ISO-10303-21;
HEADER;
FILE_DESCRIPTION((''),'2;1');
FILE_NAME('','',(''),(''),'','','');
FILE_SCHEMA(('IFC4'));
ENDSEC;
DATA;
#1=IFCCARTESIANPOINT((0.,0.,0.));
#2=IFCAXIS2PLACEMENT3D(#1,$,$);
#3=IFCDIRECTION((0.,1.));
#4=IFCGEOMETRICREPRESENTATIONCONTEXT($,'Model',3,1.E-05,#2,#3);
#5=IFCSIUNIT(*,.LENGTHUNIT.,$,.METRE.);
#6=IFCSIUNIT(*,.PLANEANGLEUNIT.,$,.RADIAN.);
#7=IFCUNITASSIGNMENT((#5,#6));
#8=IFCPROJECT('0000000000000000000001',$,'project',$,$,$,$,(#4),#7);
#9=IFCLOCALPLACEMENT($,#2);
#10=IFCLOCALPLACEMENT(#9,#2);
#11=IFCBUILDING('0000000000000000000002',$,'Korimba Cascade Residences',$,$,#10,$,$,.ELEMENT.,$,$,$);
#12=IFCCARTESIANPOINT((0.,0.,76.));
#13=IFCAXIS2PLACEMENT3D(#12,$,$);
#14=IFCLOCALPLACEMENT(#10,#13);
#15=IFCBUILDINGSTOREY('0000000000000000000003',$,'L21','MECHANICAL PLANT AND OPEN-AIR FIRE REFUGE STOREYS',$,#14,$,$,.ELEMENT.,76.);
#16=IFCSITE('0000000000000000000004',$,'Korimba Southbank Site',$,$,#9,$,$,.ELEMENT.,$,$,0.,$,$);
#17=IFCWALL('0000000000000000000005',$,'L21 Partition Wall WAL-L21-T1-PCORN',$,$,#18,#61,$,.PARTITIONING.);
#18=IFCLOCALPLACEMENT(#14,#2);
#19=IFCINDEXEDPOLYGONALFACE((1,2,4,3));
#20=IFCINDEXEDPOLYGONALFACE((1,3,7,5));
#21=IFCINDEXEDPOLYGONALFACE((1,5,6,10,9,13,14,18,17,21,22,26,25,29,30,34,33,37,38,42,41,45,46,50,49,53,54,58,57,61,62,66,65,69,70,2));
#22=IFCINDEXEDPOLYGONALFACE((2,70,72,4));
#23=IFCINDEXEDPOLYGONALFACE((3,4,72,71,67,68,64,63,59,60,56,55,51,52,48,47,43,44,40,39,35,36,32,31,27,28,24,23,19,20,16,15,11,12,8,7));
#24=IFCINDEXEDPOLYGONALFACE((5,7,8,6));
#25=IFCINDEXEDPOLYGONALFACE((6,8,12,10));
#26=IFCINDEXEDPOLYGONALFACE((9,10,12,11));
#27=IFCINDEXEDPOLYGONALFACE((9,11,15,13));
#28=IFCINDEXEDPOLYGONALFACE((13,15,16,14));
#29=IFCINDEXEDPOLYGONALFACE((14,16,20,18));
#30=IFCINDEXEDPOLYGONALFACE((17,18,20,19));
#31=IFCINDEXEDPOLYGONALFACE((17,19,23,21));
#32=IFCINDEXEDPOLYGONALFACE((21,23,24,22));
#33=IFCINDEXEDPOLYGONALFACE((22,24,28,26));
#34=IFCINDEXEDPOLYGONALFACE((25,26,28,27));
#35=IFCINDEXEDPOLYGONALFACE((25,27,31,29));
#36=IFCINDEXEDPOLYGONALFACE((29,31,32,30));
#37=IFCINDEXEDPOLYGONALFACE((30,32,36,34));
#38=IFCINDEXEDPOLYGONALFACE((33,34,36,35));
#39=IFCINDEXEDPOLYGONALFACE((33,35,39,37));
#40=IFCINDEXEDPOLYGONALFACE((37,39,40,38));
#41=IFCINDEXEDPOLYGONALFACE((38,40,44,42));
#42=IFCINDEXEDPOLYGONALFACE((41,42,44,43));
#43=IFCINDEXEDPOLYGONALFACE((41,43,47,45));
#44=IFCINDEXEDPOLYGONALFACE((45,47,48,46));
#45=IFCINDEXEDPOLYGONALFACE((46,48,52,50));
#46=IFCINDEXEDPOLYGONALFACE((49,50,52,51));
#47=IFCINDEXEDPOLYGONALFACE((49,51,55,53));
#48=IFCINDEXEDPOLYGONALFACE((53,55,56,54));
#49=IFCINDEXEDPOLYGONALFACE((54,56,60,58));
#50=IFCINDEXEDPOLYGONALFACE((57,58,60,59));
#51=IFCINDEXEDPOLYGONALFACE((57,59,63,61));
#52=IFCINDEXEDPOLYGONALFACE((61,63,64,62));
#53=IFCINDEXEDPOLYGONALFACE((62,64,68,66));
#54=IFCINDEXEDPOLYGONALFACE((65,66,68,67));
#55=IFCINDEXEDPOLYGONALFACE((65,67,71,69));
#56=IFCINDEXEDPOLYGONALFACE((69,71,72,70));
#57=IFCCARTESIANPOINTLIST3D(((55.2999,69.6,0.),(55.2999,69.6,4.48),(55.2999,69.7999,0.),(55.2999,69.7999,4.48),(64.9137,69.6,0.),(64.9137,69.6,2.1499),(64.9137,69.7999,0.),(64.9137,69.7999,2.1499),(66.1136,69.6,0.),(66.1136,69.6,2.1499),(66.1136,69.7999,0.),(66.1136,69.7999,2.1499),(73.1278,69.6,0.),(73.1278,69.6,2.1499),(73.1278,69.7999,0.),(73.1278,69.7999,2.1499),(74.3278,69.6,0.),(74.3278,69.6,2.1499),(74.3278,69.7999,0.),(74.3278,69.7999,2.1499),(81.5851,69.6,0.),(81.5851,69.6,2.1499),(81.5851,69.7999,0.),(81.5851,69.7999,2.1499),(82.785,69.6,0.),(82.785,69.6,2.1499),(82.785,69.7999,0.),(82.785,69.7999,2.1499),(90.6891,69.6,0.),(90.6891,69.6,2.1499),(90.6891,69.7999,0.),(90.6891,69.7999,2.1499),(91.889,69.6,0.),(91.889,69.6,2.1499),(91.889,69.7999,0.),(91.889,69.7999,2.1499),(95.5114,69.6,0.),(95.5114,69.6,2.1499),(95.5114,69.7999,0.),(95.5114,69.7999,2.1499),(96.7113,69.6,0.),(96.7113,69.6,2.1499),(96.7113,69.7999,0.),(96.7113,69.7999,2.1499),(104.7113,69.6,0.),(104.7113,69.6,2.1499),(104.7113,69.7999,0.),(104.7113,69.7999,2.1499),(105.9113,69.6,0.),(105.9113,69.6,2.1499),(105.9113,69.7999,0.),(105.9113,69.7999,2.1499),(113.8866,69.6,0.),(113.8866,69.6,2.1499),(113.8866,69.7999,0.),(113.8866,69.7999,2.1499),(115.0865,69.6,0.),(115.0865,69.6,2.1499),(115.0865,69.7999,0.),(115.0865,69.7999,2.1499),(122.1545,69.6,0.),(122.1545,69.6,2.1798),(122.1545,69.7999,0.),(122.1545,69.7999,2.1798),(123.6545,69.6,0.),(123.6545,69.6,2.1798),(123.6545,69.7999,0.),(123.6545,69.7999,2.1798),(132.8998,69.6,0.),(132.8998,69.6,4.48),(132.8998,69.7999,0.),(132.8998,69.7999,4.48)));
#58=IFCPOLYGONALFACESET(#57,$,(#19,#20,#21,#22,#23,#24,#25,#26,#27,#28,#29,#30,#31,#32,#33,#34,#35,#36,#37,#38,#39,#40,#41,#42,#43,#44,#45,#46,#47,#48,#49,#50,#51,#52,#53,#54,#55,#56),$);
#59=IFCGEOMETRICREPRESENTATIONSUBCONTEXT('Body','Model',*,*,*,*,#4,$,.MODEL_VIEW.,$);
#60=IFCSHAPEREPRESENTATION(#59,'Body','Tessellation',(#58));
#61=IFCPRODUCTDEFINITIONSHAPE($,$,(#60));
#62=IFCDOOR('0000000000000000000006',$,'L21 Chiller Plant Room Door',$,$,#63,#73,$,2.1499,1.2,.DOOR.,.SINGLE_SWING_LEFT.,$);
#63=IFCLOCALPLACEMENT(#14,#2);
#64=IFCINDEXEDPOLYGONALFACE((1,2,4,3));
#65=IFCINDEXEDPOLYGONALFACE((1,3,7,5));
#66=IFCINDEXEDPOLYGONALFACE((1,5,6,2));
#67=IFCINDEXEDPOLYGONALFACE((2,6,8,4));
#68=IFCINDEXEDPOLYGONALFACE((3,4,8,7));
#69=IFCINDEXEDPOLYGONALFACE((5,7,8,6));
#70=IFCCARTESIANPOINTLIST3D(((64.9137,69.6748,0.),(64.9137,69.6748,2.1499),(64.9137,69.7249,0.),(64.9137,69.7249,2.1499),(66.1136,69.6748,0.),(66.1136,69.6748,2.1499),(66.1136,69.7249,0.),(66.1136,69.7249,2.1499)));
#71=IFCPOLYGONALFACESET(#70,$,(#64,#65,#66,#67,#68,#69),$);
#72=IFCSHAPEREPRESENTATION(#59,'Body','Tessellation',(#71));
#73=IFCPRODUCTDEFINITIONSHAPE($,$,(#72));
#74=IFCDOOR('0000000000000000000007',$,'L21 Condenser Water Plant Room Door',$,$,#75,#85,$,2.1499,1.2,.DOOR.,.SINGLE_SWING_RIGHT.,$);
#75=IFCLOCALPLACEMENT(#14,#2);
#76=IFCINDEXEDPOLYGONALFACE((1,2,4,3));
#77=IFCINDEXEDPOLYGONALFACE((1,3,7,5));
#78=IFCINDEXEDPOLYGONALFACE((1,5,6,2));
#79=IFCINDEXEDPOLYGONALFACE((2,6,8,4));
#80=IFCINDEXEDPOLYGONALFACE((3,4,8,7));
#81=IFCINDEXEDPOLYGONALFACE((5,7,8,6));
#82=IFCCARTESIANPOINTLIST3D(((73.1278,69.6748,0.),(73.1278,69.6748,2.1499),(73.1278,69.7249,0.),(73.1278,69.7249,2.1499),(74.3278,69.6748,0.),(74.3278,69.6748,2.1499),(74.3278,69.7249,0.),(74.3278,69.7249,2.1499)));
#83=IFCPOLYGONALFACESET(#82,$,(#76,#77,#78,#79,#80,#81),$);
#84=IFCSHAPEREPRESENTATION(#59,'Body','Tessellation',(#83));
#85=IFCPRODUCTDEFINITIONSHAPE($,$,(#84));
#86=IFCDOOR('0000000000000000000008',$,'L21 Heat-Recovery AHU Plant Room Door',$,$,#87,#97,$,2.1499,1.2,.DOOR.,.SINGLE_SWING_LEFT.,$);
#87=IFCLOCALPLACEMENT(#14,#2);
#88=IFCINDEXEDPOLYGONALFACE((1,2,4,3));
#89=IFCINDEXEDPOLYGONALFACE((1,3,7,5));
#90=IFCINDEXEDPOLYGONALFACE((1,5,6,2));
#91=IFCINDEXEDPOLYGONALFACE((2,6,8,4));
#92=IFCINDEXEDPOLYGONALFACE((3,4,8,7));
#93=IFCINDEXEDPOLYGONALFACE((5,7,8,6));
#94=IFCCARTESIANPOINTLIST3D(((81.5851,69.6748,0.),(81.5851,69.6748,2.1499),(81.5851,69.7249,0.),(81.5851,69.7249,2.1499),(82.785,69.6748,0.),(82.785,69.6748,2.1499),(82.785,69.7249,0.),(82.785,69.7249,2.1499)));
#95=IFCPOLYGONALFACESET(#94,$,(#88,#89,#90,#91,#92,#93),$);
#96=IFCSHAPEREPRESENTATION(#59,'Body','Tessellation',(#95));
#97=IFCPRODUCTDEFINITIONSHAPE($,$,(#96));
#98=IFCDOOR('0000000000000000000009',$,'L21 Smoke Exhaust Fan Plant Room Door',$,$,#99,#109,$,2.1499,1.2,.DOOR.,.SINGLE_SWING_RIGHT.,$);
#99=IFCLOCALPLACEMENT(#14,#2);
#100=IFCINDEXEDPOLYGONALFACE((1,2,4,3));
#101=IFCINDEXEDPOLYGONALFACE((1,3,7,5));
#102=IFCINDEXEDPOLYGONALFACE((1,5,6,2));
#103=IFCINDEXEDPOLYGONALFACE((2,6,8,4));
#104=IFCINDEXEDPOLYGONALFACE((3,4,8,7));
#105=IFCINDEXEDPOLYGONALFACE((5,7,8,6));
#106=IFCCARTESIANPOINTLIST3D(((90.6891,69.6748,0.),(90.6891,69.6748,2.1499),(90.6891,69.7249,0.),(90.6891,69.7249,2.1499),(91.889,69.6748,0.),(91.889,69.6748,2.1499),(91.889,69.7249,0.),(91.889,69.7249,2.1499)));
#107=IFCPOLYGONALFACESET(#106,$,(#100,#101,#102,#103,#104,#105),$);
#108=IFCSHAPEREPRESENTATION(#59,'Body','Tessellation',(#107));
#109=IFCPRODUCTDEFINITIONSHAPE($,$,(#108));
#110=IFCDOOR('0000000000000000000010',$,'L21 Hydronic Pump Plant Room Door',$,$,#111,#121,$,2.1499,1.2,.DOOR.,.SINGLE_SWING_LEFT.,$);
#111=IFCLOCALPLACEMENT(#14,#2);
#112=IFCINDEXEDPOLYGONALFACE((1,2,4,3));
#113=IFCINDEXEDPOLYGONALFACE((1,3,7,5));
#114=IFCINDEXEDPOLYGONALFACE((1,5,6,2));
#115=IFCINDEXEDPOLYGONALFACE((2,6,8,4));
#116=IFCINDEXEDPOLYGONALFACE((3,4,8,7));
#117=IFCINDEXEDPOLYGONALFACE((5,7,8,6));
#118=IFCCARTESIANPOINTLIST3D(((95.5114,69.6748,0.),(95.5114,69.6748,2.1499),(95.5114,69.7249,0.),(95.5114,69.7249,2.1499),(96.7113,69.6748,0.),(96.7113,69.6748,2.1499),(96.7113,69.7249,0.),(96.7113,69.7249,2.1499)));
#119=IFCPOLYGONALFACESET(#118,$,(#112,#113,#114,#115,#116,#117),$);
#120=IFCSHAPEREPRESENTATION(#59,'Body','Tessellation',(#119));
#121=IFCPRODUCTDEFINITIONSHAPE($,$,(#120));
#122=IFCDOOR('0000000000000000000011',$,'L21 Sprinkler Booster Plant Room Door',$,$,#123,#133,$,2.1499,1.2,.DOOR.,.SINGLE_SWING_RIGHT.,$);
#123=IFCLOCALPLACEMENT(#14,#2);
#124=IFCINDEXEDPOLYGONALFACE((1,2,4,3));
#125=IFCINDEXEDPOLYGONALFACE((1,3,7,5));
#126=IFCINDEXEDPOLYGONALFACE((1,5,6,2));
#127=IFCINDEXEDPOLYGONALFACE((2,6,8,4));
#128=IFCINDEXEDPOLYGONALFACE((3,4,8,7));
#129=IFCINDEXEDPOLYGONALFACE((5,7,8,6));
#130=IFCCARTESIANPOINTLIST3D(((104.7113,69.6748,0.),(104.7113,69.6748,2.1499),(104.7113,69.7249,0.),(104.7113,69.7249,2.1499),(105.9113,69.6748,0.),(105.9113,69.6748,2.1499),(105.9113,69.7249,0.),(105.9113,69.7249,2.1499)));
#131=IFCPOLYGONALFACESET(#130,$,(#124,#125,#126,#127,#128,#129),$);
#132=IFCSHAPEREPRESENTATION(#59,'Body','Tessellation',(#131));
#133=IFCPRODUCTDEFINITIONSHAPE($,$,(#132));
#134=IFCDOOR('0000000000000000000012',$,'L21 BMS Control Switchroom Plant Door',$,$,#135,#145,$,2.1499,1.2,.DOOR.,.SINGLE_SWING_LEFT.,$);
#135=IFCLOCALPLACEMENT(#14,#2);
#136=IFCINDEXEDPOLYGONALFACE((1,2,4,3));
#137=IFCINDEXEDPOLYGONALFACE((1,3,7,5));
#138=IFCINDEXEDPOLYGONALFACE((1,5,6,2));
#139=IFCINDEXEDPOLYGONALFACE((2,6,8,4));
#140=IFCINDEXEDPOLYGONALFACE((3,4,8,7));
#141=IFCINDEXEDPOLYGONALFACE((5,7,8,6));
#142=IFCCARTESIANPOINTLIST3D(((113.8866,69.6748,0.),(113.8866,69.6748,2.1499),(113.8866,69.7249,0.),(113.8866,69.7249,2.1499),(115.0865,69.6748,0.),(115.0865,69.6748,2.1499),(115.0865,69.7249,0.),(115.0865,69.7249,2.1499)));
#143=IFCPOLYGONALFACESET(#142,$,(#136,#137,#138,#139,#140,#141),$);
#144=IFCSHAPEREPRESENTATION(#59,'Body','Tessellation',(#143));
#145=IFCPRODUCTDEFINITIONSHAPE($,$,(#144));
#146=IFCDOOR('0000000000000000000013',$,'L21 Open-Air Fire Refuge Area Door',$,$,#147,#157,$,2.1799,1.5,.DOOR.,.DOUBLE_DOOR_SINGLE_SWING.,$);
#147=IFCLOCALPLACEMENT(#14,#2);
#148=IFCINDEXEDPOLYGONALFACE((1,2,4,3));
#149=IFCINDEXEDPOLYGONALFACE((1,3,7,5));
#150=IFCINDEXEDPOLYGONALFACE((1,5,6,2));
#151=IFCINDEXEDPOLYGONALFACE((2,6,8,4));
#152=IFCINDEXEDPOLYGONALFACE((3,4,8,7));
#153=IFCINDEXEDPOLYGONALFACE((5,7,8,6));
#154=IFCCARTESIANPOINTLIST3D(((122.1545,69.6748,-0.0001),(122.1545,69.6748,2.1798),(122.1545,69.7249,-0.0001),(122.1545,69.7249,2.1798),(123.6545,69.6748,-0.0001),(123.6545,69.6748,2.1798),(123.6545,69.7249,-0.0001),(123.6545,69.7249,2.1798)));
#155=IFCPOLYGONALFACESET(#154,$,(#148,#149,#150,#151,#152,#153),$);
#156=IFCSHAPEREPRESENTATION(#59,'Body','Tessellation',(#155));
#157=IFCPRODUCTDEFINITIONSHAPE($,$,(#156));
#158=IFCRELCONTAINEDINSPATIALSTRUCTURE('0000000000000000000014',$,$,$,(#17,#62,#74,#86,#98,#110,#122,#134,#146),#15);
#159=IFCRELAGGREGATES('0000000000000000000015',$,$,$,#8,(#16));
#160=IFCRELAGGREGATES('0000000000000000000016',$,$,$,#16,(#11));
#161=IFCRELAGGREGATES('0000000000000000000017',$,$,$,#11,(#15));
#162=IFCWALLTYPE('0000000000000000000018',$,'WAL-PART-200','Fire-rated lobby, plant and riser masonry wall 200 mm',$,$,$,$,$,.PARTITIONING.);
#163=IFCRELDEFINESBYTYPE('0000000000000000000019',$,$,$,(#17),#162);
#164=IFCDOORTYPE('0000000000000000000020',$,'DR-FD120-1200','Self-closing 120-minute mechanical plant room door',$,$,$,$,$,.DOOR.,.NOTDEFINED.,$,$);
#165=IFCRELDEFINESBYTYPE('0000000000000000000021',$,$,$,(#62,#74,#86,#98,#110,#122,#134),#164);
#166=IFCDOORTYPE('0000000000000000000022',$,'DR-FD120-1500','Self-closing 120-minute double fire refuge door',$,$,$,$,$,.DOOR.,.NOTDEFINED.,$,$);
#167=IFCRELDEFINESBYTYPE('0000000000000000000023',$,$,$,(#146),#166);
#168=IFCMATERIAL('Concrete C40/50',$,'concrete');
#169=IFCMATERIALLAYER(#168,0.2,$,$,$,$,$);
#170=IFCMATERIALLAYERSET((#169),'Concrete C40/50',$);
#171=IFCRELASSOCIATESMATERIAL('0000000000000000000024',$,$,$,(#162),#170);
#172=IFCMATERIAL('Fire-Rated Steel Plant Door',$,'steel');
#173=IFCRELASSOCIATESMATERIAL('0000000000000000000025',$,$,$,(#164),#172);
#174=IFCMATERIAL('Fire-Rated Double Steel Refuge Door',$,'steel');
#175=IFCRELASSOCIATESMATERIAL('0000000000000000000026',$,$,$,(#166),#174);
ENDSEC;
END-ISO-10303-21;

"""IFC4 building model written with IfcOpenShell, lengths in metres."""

from ifc_helpers import new_model, si_unit, direction, frame, frame_2d, origin, place, context, subcontext, project, spatial, rectangle, extrude, material, layer, layer_set, type_object, element, fill, save


model = new_model("IFC4")

# Units and contexts
model_context = context("Model", 3, precision=1e-05, world=origin(), true_north=direction((0.0, 1.0)))
body_context = subcontext(model_context, "Body", "Model", "MODEL_VIEW")
ifc_project = project(units=[si_unit("LENGTHUNIT", "METRE"), si_unit("PLANEANGLEUNIT", "RADIAN")], contexts=[model_context])

# Site, building, storey
site_placement = place(None, origin())
site = spatial("IfcSite", under=ifc_project, at=site_placement, Name="Korimba Southbank Site", CompositionType="ELEMENT", RefElevation=0.0)
building_placement = place(site_placement, origin())
building = spatial("IfcBuilding", under=site, at=building_placement, Name="Korimba Cascade Residences", CompositionType="ELEMENT")
storey_placement = place(building_placement, frame((0.0, 0.0, 76.0)))
storey = spatial("IfcBuildingStorey", under=building, at=storey_placement, Name="L21", Description="MECHANICAL PLANT AND OPEN-AIR FIRE REFUGE STOREYS", CompositionType="ELEMENT", Elevation=76.0)

# Shared definitions
ifc_material_1 = material(Name="Concrete C40/50", Category="concrete")
ifc_layer_1 = layer(ifc_material_1, 0.2)
ifc_layer_set_1 = layer_set([ifc_layer_1], Name="Concrete C40/50")
wall_type_1 = type_object("IfcWallType", Name="WAL-PART-200", Description="Fire-rated lobby, plant and riser masonry wall 200 mm", PredefinedType="PARTITIONING", material=ifc_layer_set_1)

# Wall, openings, doors
wall_1_placement = place(storey_placement, frame((55.3, 69.7, 0.0), z_axis=(0.0, 0.0, 1.0), x_axis=(1.0, 0.0, 0.0)))
wall_1 = element("IfcWall", 1, at=wall_1_placement, inside=storey, type_object=wall_type_1, Name="L21 Partition Wall WAL-L21-T1-PCORN", PredefinedType="PARTITIONING", context=body_context, shape_type="SweptSolid", body=[
    extrude(rectangle(XDim=77.5999, YDim=0.2, at=frame_2d((38.7998, 0.0))), origin(), (0.0, 0.0, 1.0), 4.48),
])
opening_1_placement = place(wall_1_placement, frame((9.6135, 0.0, 0.0)))
opening_1 = element("IfcOpeningElement", 2, at=opening_1_placement, cuts=wall_1, PredefinedType="OPENING", context=body_context, shape_type="SweptSolid", body=[
    extrude(rectangle(XDim=1.2, YDim=2.1499, at=frame_2d((0.6001, 1.075))), frame((0.0, 0.1099, 0.0), z_axis=(0.0, -1.0, 0.0), x_axis=(1.0, 0.0, 0.0)), (0.0, 0.0, 1.0), 0.22),
])
opening_2_placement = place(wall_1_placement, frame((17.8276, 0.0, 0.0)))
opening_2 = element("IfcOpeningElement", 3, at=opening_2_placement, cuts=wall_1, PredefinedType="OPENING", context=body_context, shape_type="SweptSolid", body=[
    extrude(rectangle(XDim=1.2, YDim=2.1499, at=frame_2d((0.6001, 1.075))), frame((0.0, 0.1099, 0.0), z_axis=(0.0, -1.0, 0.0), x_axis=(1.0, 0.0, 0.0)), (0.0, 0.0, 1.0), 0.22),
])
opening_3_placement = place(wall_1_placement, frame((26.2849, 0.0, 0.0)))
opening_3 = element("IfcOpeningElement", 4, at=opening_3_placement, cuts=wall_1, PredefinedType="OPENING", context=body_context, shape_type="SweptSolid", body=[
    extrude(rectangle(XDim=1.2, YDim=2.1499, at=frame_2d((0.6001, 1.075))), frame((0.0, 0.1099, 0.0), z_axis=(0.0, -1.0, 0.0), x_axis=(1.0, 0.0, 0.0)), (0.0, 0.0, 1.0), 0.22),
])
opening_4_placement = place(wall_1_placement, frame((35.3889, 0.0, 0.0)))
opening_4 = element("IfcOpeningElement", 5, at=opening_4_placement, cuts=wall_1, PredefinedType="OPENING", context=body_context, shape_type="SweptSolid", body=[
    extrude(rectangle(XDim=1.2, YDim=2.1499, at=frame_2d((0.6001, 1.075))), frame((0.0, 0.1099, 0.0), z_axis=(0.0, -1.0, 0.0), x_axis=(1.0, 0.0, 0.0)), (0.0, 0.0, 1.0), 0.22),
])
opening_5_placement = place(wall_1_placement, frame((40.2112, 0.0, 0.0)))
opening_5 = element("IfcOpeningElement", 6, at=opening_5_placement, cuts=wall_1, PredefinedType="OPENING", context=body_context, shape_type="SweptSolid", body=[
    extrude(rectangle(XDim=1.2, YDim=2.1499, at=frame_2d((0.6001, 1.075))), frame((0.0, 0.1099, 0.0), z_axis=(0.0, -1.0, 0.0), x_axis=(1.0, 0.0, 0.0)), (0.0, 0.0, 1.0), 0.22),
])
opening_6_placement = place(wall_1_placement, frame((49.4111, 0.0, 0.0)))
opening_6 = element("IfcOpeningElement", 7, at=opening_6_placement, cuts=wall_1, PredefinedType="OPENING", context=body_context, shape_type="SweptSolid", body=[
    extrude(rectangle(XDim=1.2, YDim=2.1499, at=frame_2d((0.6001, 1.075))), frame((0.0, 0.1099, 0.0), z_axis=(0.0, -1.0, 0.0), x_axis=(1.0, 0.0, 0.0)), (0.0, 0.0, 1.0), 0.22),
])
opening_7_placement = place(wall_1_placement, frame((58.5864, 0.0, 0.0)))
opening_7 = element("IfcOpeningElement", 8, at=opening_7_placement, cuts=wall_1, PredefinedType="OPENING", context=body_context, shape_type="SweptSolid", body=[
    extrude(rectangle(XDim=1.2, YDim=2.1499, at=frame_2d((0.6001, 1.075))), frame((0.0, 0.1099, 0.0), z_axis=(0.0, -1.0, 0.0), x_axis=(1.0, 0.0, 0.0)), (0.0, 0.0, 1.0), 0.22),
])
opening_8_placement = place(wall_1_placement, frame((66.8545, 0.0, 0.0)))
opening_8 = element("IfcOpeningElement", 9, at=opening_8_placement, cuts=wall_1, PredefinedType="OPENING", context=body_context, shape_type="SweptSolid", body=[
    extrude(rectangle(XDim=1.5, YDim=2.1799, at=frame_2d((0.75, 1.0898))), frame((0.0, 0.1099, 0.0), z_axis=(0.0, -1.0, 0.0), x_axis=(1.0, 0.0, 0.0)), (0.0, 0.0, 1.0), 0.22),
])
ifc_material_2 = material(Name="Fire-Rated Steel Plant Door", Category="steel")
door_type_1 = type_object("IfcDoorType", Name="DR-FD120-1200", Description="Self-closing 120-minute mechanical plant room door", OperationType="NOTDEFINED", PredefinedType="DOOR", material=ifc_material_2)
door_1_placement = place(opening_1_placement, origin())
door_1 = element("IfcDoor", 10, at=door_1_placement, inside=storey, type_object=door_type_1, Name="L21 Chiller Plant Room Door", OperationType="SINGLE_SWING_LEFT", OverallHeight=2.1499, OverallWidth=1.2, PredefinedType="DOOR", context=body_context, shape_type="SweptSolid", body=[
    extrude(rectangle(XDim=1.2, YDim=2.1499, at=frame_2d((0.6001, 1.075))), frame((0.0, 0.0249, 0.0), z_axis=(0.0, -1.0, 0.0), x_axis=(1.0, 0.0, 0.0)), (0.0, 0.0, 1.0), 0.05),
])
fill(opening_1, door_1)
door_2_placement = place(opening_2_placement, origin())
door_2 = element("IfcDoor", 11, at=door_2_placement, inside=storey, type_object=door_type_1, Name="L21 Condenser Water Plant Room Door", OperationType="SINGLE_SWING_RIGHT", OverallHeight=2.1499, OverallWidth=1.2, PredefinedType="DOOR", context=body_context, shape_type="SweptSolid", body=[
    extrude(rectangle(XDim=1.2, YDim=2.1499, at=frame_2d((0.6001, 1.075))), frame((0.0, 0.0249, 0.0), z_axis=(0.0, -1.0, 0.0), x_axis=(1.0, 0.0, 0.0)), (0.0, 0.0, 1.0), 0.05),
])
fill(opening_2, door_2)
door_3_placement = place(opening_3_placement, origin())
door_3 = element("IfcDoor", 12, at=door_3_placement, inside=storey, type_object=door_type_1, Name="L21 Heat-Recovery AHU Plant Room Door", OperationType="SINGLE_SWING_LEFT", OverallHeight=2.1499, OverallWidth=1.2, PredefinedType="DOOR", context=body_context, shape_type="SweptSolid", body=[
    extrude(rectangle(XDim=1.2, YDim=2.1499, at=frame_2d((0.6001, 1.075))), frame((0.0, 0.0249, 0.0), z_axis=(0.0, -1.0, 0.0), x_axis=(1.0, 0.0, 0.0)), (0.0, 0.0, 1.0), 0.05),
])
fill(opening_3, door_3)
door_4_placement = place(opening_4_placement, origin())
door_4 = element("IfcDoor", 13, at=door_4_placement, inside=storey, type_object=door_type_1, Name="L21 Smoke Exhaust Fan Plant Room Door", OperationType="SINGLE_SWING_RIGHT", OverallHeight=2.1499, OverallWidth=1.2, PredefinedType="DOOR", context=body_context, shape_type="SweptSolid", body=[
    extrude(rectangle(XDim=1.2, YDim=2.1499, at=frame_2d((0.6001, 1.075))), frame((0.0, 0.0249, 0.0), z_axis=(0.0, -1.0, 0.0), x_axis=(1.0, 0.0, 0.0)), (0.0, 0.0, 1.0), 0.05),
])
fill(opening_4, door_4)
door_5_placement = place(opening_5_placement, origin())
door_5 = element("IfcDoor", 14, at=door_5_placement, inside=storey, type_object=door_type_1, Name="L21 Hydronic Pump Plant Room Door", OperationType="SINGLE_SWING_LEFT", OverallHeight=2.1499, OverallWidth=1.2, PredefinedType="DOOR", context=body_context, shape_type="SweptSolid", body=[
    extrude(rectangle(XDim=1.2, YDim=2.1499, at=frame_2d((0.6001, 1.075))), frame((0.0, 0.0249, 0.0), z_axis=(0.0, -1.0, 0.0), x_axis=(1.0, 0.0, 0.0)), (0.0, 0.0, 1.0), 0.05),
])
fill(opening_5, door_5)
door_6_placement = place(opening_6_placement, origin())
door_6 = element("IfcDoor", 15, at=door_6_placement, inside=storey, type_object=door_type_1, Name="L21 Sprinkler Booster Plant Room Door", OperationType="SINGLE_SWING_RIGHT", OverallHeight=2.1499, OverallWidth=1.2, PredefinedType="DOOR", context=body_context, shape_type="SweptSolid", body=[
    extrude(rectangle(XDim=1.2, YDim=2.1499, at=frame_2d((0.6001, 1.075))), frame((0.0, 0.0249, 0.0), z_axis=(0.0, -1.0, 0.0), x_axis=(1.0, 0.0, 0.0)), (0.0, 0.0, 1.0), 0.05),
])
fill(opening_6, door_6)
door_7_placement = place(opening_7_placement, origin())
door_7 = element("IfcDoor", 16, at=door_7_placement, inside=storey, type_object=door_type_1, Name="L21 BMS Control Switchroom Plant Door", OperationType="SINGLE_SWING_LEFT", OverallHeight=2.1499, OverallWidth=1.2, PredefinedType="DOOR", context=body_context, shape_type="SweptSolid", body=[
    extrude(rectangle(XDim=1.2, YDim=2.1499, at=frame_2d((0.6001, 1.075))), frame((0.0, 0.0249, 0.0), z_axis=(0.0, -1.0, 0.0), x_axis=(1.0, 0.0, 0.0)), (0.0, 0.0, 1.0), 0.05),
])
fill(opening_7, door_7)
ifc_material_3 = material(Name="Fire-Rated Double Steel Refuge Door", Category="steel")
door_type_2 = type_object("IfcDoorType", Name="DR-FD120-1500", Description="Self-closing 120-minute double fire refuge door", OperationType="NOTDEFINED", PredefinedType="DOOR", material=ifc_material_3)
door_8_placement = place(opening_8_placement, origin())
door_8 = element("IfcDoor", 17, at=door_8_placement, inside=storey, type_object=door_type_2, Name="L21 Open-Air Fire Refuge Area Door", OperationType="DOUBLE_DOOR_SINGLE_SWING", OverallHeight=2.1799, OverallWidth=1.5, PredefinedType="DOOR", context=body_context, shape_type="SweptSolid", body=[
    extrude(rectangle(XDim=1.5, YDim=2.1799, at=frame_2d((0.75, 1.0898))), frame((0.0, 0.0249, 0.0), z_axis=(0.0, -1.0, 0.0), x_axis=(1.0, 0.0, 0.0)), (0.0, 0.0, 1.0), 0.05),
])
fill(opening_8, door_8)

save(model, "model.ifc")
